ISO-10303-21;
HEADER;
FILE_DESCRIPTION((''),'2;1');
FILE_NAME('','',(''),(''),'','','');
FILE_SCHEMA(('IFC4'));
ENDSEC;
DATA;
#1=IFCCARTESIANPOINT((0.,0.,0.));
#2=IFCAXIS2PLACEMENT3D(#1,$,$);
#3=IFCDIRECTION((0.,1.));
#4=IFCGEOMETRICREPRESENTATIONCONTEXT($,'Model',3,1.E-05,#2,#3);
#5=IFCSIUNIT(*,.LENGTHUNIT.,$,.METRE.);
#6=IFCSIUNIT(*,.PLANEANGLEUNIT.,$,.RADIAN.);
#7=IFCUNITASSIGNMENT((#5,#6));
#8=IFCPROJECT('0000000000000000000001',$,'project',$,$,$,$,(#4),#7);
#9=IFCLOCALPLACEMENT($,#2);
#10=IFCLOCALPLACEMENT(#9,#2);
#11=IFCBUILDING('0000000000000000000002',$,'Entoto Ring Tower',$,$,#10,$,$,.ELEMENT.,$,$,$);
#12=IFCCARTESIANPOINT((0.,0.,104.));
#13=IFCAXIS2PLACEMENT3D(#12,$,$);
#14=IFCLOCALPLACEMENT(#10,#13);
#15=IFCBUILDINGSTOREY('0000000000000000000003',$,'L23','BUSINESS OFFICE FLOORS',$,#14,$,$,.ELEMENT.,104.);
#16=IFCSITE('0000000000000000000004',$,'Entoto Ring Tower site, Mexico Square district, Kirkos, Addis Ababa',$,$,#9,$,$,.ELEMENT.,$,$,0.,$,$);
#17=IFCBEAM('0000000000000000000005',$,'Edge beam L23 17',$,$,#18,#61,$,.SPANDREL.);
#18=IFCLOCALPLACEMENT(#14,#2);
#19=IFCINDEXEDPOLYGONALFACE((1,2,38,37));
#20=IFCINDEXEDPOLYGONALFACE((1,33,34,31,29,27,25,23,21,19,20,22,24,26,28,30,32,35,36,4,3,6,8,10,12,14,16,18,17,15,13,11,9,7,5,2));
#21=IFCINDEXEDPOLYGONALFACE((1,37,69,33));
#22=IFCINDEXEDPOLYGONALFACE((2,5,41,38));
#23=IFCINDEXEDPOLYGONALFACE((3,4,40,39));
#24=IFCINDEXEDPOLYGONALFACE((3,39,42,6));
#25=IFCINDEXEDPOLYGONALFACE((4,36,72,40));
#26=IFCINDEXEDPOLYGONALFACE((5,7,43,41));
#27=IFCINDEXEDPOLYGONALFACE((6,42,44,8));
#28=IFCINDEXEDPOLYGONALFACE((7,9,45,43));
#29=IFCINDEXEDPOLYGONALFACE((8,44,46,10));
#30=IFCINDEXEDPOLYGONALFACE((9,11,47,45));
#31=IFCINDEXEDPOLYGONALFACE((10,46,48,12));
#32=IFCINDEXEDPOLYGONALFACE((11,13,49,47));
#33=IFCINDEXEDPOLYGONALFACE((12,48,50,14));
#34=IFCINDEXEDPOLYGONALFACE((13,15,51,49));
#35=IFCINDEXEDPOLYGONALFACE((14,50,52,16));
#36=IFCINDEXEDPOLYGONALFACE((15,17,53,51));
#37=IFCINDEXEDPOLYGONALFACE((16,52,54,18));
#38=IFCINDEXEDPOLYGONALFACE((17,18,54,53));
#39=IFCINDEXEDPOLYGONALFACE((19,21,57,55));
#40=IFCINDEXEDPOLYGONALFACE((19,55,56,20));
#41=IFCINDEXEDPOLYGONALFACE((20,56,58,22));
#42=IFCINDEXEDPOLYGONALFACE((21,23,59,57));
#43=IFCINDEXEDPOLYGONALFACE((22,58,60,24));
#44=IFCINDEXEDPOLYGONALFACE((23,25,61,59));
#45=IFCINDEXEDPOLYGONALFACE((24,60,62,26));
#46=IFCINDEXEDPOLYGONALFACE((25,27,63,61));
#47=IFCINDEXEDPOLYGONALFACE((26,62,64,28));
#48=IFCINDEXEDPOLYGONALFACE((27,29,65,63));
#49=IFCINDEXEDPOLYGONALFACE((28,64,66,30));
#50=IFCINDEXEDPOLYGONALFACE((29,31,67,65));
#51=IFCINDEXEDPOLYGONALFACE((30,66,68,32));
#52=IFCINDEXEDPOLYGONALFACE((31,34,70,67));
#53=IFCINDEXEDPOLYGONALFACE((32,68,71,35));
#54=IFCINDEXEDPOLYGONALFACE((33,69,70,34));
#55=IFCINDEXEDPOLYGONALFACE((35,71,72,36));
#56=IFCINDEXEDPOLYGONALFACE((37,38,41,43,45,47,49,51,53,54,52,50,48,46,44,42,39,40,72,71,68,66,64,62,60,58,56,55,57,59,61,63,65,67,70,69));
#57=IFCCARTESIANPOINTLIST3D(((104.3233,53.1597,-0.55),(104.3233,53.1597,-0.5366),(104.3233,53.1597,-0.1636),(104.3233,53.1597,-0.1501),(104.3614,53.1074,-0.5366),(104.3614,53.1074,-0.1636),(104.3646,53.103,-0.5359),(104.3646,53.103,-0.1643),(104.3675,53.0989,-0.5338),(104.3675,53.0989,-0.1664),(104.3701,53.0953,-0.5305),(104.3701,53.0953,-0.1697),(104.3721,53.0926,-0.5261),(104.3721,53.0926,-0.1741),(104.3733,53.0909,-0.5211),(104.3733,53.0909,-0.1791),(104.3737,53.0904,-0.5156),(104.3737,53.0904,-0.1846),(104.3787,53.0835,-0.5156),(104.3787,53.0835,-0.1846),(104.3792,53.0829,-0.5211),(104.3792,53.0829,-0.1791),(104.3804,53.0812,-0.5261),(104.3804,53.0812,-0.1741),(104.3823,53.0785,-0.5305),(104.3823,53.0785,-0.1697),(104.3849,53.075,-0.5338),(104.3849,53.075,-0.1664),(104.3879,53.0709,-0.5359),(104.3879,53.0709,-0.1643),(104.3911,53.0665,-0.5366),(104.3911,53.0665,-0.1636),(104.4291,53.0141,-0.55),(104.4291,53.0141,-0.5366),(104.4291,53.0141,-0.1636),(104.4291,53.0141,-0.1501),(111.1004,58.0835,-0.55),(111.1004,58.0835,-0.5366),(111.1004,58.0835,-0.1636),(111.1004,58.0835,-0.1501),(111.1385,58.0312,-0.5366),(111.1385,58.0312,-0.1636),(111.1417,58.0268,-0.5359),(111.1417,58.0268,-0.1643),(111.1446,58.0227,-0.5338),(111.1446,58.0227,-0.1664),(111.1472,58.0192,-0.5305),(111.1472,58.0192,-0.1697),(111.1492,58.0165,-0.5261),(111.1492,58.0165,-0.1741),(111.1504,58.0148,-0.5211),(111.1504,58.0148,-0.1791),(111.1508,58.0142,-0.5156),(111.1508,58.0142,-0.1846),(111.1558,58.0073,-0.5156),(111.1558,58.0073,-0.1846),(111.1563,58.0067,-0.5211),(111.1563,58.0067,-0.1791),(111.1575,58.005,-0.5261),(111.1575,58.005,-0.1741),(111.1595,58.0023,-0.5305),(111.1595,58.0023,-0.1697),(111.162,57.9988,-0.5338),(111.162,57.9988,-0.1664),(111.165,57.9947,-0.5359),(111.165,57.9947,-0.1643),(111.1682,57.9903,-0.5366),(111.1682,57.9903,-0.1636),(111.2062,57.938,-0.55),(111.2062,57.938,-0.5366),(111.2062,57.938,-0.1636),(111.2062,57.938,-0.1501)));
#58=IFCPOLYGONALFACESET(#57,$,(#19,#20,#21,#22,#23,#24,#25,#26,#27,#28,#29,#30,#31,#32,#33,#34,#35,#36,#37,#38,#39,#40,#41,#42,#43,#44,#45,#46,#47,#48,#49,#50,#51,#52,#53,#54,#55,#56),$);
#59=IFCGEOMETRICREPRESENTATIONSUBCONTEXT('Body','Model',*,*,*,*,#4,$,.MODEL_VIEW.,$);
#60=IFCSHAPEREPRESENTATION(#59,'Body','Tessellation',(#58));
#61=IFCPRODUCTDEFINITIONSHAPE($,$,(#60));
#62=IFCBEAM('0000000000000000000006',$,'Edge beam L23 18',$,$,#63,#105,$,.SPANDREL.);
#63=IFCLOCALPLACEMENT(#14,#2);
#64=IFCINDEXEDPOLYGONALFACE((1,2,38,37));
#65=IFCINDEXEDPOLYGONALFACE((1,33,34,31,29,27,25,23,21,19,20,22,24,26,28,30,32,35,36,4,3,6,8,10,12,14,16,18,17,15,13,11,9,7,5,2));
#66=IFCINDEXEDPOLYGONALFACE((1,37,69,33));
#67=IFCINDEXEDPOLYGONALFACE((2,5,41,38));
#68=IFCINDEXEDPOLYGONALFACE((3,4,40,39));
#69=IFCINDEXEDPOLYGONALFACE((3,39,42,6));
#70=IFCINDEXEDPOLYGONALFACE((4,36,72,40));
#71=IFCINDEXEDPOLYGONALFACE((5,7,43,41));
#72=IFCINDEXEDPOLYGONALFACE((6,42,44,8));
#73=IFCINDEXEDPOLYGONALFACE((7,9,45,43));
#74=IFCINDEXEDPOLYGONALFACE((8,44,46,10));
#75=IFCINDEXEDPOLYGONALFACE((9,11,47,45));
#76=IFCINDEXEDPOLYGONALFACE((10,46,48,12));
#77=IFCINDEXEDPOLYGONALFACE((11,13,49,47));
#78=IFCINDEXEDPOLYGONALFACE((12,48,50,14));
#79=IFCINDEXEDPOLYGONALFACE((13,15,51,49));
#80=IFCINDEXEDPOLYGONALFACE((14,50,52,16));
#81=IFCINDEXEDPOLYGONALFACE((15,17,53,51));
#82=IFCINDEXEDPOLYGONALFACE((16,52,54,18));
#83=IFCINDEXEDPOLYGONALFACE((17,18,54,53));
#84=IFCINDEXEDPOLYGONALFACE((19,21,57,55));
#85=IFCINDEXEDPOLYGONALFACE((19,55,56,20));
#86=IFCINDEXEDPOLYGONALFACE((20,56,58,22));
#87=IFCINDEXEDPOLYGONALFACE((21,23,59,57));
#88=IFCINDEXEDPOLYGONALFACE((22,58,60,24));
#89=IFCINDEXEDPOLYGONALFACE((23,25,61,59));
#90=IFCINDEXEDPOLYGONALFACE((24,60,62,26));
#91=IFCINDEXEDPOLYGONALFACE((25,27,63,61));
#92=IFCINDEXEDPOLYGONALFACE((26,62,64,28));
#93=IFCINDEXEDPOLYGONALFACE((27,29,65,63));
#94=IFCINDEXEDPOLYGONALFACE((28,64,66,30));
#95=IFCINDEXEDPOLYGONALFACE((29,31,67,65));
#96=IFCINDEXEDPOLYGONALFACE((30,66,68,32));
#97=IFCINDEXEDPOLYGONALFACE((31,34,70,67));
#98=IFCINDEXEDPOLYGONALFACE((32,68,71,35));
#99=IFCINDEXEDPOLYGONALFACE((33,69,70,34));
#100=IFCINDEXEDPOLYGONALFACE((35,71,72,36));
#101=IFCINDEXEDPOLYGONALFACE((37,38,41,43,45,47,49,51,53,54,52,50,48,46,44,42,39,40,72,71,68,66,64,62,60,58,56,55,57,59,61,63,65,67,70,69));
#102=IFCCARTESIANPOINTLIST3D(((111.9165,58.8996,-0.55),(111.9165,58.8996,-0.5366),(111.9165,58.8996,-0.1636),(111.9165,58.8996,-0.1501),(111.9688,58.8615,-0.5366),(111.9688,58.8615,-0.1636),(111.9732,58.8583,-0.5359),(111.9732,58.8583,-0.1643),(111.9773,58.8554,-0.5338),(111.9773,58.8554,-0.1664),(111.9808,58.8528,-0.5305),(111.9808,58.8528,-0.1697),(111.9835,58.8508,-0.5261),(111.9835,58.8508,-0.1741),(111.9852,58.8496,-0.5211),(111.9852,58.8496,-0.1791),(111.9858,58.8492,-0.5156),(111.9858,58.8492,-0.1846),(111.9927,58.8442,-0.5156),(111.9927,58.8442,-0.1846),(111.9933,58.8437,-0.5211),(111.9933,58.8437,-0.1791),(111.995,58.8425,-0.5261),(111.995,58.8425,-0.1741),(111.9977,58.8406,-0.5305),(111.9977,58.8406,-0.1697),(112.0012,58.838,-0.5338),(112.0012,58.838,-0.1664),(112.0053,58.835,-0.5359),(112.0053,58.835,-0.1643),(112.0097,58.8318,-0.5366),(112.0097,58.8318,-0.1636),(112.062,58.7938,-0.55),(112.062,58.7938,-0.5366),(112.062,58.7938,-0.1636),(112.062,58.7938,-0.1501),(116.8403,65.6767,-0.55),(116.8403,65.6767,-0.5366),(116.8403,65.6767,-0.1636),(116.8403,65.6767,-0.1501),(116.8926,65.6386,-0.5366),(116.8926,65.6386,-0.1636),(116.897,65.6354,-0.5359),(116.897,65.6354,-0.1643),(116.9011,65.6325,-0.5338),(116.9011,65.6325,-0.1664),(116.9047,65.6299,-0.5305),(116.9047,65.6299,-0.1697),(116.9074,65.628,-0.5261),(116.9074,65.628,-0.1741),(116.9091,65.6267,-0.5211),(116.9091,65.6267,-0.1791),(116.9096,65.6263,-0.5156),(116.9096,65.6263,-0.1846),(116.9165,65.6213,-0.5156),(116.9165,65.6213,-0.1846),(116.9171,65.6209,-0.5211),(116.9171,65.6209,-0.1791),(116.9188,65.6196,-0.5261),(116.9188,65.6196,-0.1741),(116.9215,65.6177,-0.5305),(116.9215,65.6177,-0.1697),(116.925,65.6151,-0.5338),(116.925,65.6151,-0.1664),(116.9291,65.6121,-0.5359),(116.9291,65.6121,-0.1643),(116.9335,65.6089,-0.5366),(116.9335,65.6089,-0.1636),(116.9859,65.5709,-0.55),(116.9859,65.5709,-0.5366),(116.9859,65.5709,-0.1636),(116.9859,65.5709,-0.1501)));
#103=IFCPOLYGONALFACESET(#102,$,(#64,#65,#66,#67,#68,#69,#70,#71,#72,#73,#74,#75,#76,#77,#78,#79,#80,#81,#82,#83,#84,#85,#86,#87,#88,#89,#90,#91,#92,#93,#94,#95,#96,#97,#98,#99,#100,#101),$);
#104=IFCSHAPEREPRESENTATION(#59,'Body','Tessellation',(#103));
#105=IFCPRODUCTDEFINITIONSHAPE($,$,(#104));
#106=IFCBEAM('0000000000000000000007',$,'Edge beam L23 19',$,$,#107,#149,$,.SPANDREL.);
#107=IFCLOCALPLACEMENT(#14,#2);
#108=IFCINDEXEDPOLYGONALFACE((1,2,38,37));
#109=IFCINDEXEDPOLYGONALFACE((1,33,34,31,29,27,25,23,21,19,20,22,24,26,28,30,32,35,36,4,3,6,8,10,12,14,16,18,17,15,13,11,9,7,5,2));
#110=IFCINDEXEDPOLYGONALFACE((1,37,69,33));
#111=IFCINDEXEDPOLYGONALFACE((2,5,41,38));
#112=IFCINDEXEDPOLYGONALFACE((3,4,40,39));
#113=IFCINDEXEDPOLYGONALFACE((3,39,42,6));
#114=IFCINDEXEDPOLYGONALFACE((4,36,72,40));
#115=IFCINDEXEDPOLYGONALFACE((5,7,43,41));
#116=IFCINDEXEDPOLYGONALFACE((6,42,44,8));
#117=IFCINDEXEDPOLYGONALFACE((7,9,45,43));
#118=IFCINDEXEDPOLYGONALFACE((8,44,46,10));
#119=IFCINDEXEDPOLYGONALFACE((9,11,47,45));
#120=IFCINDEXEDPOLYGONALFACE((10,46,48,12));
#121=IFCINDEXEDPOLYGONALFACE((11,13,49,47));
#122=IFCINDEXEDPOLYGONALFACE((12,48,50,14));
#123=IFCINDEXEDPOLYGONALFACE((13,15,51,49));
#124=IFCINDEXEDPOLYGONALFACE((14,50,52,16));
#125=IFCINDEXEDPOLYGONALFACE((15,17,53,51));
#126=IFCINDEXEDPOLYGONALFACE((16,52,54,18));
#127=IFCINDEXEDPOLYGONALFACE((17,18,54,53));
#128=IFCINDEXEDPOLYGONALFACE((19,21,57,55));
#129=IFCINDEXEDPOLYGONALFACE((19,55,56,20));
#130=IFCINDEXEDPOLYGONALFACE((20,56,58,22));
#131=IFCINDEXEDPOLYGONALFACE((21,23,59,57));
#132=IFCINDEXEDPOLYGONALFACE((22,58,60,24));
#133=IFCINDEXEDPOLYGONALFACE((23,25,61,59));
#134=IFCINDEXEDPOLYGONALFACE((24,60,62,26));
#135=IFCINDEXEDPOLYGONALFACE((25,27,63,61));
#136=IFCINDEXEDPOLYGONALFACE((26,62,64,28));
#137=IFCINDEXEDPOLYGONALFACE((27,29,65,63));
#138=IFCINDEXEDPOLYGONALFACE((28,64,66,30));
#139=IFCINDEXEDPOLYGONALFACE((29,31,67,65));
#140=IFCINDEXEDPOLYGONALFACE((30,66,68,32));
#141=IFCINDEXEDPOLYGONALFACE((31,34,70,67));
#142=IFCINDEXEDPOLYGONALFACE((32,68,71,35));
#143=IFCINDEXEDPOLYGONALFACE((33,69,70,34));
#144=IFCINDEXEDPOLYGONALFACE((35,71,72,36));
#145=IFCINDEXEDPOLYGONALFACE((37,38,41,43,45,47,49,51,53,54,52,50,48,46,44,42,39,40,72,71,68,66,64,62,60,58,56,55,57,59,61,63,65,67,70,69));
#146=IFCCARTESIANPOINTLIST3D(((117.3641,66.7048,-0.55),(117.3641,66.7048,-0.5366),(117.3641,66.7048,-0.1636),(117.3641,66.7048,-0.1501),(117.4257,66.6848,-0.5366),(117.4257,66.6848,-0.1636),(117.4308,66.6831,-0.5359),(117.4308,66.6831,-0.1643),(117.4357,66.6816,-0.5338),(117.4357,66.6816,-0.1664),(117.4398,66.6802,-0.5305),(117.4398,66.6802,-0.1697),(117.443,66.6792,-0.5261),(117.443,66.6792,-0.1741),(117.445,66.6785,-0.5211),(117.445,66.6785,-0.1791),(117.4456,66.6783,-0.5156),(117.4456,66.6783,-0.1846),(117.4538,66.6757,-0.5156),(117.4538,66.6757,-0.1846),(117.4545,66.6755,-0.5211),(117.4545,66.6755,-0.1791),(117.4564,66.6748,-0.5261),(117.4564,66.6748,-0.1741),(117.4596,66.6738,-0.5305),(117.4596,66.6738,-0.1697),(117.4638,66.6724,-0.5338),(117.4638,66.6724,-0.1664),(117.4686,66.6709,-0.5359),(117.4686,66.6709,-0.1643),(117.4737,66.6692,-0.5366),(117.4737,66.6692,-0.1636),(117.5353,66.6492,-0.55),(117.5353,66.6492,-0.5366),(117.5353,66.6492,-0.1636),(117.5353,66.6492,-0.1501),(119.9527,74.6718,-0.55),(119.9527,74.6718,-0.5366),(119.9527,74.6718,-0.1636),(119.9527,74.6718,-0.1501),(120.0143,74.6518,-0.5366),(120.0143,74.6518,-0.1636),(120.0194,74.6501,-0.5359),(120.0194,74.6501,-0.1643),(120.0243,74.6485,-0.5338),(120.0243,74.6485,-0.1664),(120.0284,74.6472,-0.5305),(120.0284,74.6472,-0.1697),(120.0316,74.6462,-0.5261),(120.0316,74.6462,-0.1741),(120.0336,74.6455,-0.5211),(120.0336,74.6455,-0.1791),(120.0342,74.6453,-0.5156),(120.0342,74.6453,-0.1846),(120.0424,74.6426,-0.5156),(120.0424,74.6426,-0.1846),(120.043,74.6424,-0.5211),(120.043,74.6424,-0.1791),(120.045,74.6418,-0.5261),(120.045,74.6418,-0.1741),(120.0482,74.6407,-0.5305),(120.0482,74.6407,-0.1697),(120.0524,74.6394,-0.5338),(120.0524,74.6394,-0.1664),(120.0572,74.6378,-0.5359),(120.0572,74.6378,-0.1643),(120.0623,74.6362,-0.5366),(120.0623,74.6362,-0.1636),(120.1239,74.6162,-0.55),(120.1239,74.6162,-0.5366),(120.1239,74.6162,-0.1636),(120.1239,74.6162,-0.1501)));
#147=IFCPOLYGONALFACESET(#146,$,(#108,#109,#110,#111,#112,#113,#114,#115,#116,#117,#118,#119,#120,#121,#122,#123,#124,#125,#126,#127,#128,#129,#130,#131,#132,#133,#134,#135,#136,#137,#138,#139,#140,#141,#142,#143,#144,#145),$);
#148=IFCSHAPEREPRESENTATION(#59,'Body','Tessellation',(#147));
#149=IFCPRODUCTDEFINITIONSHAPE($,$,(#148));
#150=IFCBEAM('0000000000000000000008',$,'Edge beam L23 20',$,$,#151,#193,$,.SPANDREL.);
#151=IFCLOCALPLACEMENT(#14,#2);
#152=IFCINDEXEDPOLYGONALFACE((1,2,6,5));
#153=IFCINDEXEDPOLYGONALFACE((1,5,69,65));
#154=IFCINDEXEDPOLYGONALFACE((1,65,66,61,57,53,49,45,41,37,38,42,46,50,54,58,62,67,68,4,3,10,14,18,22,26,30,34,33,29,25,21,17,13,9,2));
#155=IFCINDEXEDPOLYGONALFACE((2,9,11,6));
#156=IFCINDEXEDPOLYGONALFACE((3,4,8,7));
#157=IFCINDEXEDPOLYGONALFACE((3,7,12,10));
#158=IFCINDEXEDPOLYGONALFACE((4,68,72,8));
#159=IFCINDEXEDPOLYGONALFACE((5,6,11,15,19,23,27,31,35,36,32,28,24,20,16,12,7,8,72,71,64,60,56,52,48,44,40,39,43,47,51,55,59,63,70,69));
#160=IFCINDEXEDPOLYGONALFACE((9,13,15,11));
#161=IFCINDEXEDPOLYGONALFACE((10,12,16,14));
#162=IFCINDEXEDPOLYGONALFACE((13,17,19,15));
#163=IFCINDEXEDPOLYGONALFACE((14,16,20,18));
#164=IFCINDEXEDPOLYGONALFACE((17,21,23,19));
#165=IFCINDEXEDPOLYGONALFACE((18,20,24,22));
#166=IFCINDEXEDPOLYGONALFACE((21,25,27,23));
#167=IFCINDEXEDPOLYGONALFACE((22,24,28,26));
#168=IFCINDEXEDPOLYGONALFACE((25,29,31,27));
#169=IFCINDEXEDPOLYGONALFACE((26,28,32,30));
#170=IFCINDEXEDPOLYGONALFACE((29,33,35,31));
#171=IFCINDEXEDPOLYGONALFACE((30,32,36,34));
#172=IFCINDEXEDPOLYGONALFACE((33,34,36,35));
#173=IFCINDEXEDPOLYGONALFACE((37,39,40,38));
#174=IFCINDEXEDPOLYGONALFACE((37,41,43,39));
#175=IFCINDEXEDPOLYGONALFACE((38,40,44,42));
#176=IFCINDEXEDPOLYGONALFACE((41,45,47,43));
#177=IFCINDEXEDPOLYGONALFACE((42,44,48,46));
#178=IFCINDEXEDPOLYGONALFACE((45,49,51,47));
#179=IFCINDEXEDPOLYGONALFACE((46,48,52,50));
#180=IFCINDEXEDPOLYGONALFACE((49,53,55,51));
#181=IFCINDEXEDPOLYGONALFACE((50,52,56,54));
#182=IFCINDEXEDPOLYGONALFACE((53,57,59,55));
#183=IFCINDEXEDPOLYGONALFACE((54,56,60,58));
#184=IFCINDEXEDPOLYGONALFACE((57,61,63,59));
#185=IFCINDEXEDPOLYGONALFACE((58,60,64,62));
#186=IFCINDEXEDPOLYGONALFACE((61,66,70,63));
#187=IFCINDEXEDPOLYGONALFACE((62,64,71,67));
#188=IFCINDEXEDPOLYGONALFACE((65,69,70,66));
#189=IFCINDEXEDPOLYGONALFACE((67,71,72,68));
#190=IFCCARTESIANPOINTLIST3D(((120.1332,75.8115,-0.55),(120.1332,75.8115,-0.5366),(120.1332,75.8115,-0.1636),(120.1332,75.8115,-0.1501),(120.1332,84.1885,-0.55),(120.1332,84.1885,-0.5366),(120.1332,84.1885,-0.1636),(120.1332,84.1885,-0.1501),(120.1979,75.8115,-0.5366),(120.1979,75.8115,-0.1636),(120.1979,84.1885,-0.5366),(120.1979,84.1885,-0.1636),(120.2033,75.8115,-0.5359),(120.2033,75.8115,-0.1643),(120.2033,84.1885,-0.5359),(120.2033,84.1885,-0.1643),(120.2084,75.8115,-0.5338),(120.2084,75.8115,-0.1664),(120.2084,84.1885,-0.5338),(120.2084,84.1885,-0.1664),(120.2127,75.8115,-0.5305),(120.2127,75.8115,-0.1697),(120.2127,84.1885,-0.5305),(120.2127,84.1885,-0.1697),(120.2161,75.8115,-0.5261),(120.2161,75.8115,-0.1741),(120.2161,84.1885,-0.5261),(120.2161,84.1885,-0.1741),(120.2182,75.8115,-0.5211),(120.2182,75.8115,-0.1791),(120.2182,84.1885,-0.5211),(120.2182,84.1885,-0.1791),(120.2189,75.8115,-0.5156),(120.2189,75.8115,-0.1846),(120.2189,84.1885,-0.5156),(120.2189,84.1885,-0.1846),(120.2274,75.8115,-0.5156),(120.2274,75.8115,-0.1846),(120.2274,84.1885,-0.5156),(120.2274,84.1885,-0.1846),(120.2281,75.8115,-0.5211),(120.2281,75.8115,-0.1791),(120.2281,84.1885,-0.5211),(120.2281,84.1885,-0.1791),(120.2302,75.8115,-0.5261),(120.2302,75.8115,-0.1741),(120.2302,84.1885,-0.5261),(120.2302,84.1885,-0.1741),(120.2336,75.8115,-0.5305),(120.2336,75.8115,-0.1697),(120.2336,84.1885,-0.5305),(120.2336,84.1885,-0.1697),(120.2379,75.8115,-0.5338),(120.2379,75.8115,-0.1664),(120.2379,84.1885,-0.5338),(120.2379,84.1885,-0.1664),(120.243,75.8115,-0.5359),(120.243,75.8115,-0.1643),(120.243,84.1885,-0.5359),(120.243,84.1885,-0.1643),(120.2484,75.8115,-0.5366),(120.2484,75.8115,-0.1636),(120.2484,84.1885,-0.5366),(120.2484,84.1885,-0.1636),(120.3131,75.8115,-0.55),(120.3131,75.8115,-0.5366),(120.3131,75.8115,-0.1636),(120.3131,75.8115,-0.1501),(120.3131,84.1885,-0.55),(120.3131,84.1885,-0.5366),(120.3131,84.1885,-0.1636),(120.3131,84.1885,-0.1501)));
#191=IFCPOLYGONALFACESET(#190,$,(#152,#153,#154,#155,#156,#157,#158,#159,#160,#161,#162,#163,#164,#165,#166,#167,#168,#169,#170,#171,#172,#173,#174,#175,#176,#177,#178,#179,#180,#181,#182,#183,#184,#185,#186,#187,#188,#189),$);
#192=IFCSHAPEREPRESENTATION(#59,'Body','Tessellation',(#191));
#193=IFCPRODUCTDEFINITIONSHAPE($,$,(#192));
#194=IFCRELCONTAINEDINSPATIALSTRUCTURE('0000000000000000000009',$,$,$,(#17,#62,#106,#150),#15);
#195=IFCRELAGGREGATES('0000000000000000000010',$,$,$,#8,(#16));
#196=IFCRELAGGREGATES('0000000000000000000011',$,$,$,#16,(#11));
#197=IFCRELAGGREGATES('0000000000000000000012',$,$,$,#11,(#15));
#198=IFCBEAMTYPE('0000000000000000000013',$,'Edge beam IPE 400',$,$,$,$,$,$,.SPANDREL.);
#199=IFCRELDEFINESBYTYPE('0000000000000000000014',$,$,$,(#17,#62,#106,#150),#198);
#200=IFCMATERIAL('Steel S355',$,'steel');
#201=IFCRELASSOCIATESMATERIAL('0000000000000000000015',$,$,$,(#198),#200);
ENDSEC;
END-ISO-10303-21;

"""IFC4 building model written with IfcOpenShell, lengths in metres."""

from ifc_helpers import new_model, si_unit, direction, frame, origin, origin_2d, place, context, subcontext, project, spatial, i_section, extrude, material, material_profile, profile_set, type_object, element, save


model = new_model("IFC4")

# Units and contexts
model_context = context("Model", 3, precision=1e-05, world=origin(), true_north=direction((0.0, 1.0)))
body_context = subcontext(model_context, "Body", "Model", "MODEL_VIEW")
ifc_project = project(units=[si_unit("LENGTHUNIT", "METRE"), si_unit("PLANEANGLEUNIT", "RADIAN")], contexts=[model_context])

# Site, building, storey
site_placement = place(None, origin())
site = spatial("IfcSite", under=ifc_project, at=site_placement, Name="Entoto Ring Tower site, Mexico Square district, Kirkos, Addis Ababa", CompositionType="ELEMENT", RefElevation=0.0)
building_placement = place(site_placement, origin())
building = spatial("IfcBuilding", under=site, at=building_placement, Name="Entoto Ring Tower", CompositionType="ELEMENT")
storey_placement = place(building_placement, frame((0.0, 0.0, 104.0)))
storey = spatial("IfcBuildingStorey", under=building, at=storey_placement, Name="L23", Description="BUSINESS OFFICE FLOORS", CompositionType="ELEMENT", Elevation=104.0)

# Beams
ifc_material_1 = material(Name="Steel S355", Category="steel")
ifc_material_profile_1 = material_profile(ifc_material_1, i_section(OverallWidth=0.1799, OverallDepth=0.3999, WebThickness=0.0085, FlangeThickness=0.0134, FilletRadius=0.021, at=origin_2d()), Name="IPE 400")
ifc_profile_set_1 = profile_set([ifc_material_profile_1], Name="Steel S355")
beam_type_1 = type_object("IfcBeamType", Name="Edge beam IPE 400", PredefinedType="SPANDREL", material=ifc_profile_set_1)
for number, where, z_axis, x_axis, name in (
    (1, (104.3762, 53.0869, -0.3501), (0.809018, 0.587783, 0.0), (-0.587783, 0.809018, 0.0), "Edge beam L23 17"),
    (2, (111.9893, 58.8467, -0.3501), (0.587783, 0.809018, 0.0), (-0.809018, 0.587783, 0.0), "Edge beam L23 18"),
    (3, (117.4497, 66.677, -0.3501), (0.309014, 0.951057, 0.0), (-0.951057, 0.309014, 0.0), "Edge beam L23 19"),
    (4, (120.2231, 75.8115, -0.3501), (0.0, 1.0, 0.0), (-1.0, 0.0, 0.0), "Edge beam L23 20"),
):
    element("IfcBeam", number, at=place(storey_placement, frame(where, z_axis=z_axis, x_axis=x_axis)), inside=storey, type_object=beam_type_1, Name=name, PredefinedType="SPANDREL", context=body_context, shape_type="SweptSolid", body=[
        extrude(i_section(OverallWidth=0.1799, OverallDepth=0.3999, WebThickness=0.0085, FlangeThickness=0.0134, FilletRadius=0.021, at=origin_2d()), origin(), (0.0, 0.0, 1.0), 8.377),
    ])

save(model, "model.ifc")
